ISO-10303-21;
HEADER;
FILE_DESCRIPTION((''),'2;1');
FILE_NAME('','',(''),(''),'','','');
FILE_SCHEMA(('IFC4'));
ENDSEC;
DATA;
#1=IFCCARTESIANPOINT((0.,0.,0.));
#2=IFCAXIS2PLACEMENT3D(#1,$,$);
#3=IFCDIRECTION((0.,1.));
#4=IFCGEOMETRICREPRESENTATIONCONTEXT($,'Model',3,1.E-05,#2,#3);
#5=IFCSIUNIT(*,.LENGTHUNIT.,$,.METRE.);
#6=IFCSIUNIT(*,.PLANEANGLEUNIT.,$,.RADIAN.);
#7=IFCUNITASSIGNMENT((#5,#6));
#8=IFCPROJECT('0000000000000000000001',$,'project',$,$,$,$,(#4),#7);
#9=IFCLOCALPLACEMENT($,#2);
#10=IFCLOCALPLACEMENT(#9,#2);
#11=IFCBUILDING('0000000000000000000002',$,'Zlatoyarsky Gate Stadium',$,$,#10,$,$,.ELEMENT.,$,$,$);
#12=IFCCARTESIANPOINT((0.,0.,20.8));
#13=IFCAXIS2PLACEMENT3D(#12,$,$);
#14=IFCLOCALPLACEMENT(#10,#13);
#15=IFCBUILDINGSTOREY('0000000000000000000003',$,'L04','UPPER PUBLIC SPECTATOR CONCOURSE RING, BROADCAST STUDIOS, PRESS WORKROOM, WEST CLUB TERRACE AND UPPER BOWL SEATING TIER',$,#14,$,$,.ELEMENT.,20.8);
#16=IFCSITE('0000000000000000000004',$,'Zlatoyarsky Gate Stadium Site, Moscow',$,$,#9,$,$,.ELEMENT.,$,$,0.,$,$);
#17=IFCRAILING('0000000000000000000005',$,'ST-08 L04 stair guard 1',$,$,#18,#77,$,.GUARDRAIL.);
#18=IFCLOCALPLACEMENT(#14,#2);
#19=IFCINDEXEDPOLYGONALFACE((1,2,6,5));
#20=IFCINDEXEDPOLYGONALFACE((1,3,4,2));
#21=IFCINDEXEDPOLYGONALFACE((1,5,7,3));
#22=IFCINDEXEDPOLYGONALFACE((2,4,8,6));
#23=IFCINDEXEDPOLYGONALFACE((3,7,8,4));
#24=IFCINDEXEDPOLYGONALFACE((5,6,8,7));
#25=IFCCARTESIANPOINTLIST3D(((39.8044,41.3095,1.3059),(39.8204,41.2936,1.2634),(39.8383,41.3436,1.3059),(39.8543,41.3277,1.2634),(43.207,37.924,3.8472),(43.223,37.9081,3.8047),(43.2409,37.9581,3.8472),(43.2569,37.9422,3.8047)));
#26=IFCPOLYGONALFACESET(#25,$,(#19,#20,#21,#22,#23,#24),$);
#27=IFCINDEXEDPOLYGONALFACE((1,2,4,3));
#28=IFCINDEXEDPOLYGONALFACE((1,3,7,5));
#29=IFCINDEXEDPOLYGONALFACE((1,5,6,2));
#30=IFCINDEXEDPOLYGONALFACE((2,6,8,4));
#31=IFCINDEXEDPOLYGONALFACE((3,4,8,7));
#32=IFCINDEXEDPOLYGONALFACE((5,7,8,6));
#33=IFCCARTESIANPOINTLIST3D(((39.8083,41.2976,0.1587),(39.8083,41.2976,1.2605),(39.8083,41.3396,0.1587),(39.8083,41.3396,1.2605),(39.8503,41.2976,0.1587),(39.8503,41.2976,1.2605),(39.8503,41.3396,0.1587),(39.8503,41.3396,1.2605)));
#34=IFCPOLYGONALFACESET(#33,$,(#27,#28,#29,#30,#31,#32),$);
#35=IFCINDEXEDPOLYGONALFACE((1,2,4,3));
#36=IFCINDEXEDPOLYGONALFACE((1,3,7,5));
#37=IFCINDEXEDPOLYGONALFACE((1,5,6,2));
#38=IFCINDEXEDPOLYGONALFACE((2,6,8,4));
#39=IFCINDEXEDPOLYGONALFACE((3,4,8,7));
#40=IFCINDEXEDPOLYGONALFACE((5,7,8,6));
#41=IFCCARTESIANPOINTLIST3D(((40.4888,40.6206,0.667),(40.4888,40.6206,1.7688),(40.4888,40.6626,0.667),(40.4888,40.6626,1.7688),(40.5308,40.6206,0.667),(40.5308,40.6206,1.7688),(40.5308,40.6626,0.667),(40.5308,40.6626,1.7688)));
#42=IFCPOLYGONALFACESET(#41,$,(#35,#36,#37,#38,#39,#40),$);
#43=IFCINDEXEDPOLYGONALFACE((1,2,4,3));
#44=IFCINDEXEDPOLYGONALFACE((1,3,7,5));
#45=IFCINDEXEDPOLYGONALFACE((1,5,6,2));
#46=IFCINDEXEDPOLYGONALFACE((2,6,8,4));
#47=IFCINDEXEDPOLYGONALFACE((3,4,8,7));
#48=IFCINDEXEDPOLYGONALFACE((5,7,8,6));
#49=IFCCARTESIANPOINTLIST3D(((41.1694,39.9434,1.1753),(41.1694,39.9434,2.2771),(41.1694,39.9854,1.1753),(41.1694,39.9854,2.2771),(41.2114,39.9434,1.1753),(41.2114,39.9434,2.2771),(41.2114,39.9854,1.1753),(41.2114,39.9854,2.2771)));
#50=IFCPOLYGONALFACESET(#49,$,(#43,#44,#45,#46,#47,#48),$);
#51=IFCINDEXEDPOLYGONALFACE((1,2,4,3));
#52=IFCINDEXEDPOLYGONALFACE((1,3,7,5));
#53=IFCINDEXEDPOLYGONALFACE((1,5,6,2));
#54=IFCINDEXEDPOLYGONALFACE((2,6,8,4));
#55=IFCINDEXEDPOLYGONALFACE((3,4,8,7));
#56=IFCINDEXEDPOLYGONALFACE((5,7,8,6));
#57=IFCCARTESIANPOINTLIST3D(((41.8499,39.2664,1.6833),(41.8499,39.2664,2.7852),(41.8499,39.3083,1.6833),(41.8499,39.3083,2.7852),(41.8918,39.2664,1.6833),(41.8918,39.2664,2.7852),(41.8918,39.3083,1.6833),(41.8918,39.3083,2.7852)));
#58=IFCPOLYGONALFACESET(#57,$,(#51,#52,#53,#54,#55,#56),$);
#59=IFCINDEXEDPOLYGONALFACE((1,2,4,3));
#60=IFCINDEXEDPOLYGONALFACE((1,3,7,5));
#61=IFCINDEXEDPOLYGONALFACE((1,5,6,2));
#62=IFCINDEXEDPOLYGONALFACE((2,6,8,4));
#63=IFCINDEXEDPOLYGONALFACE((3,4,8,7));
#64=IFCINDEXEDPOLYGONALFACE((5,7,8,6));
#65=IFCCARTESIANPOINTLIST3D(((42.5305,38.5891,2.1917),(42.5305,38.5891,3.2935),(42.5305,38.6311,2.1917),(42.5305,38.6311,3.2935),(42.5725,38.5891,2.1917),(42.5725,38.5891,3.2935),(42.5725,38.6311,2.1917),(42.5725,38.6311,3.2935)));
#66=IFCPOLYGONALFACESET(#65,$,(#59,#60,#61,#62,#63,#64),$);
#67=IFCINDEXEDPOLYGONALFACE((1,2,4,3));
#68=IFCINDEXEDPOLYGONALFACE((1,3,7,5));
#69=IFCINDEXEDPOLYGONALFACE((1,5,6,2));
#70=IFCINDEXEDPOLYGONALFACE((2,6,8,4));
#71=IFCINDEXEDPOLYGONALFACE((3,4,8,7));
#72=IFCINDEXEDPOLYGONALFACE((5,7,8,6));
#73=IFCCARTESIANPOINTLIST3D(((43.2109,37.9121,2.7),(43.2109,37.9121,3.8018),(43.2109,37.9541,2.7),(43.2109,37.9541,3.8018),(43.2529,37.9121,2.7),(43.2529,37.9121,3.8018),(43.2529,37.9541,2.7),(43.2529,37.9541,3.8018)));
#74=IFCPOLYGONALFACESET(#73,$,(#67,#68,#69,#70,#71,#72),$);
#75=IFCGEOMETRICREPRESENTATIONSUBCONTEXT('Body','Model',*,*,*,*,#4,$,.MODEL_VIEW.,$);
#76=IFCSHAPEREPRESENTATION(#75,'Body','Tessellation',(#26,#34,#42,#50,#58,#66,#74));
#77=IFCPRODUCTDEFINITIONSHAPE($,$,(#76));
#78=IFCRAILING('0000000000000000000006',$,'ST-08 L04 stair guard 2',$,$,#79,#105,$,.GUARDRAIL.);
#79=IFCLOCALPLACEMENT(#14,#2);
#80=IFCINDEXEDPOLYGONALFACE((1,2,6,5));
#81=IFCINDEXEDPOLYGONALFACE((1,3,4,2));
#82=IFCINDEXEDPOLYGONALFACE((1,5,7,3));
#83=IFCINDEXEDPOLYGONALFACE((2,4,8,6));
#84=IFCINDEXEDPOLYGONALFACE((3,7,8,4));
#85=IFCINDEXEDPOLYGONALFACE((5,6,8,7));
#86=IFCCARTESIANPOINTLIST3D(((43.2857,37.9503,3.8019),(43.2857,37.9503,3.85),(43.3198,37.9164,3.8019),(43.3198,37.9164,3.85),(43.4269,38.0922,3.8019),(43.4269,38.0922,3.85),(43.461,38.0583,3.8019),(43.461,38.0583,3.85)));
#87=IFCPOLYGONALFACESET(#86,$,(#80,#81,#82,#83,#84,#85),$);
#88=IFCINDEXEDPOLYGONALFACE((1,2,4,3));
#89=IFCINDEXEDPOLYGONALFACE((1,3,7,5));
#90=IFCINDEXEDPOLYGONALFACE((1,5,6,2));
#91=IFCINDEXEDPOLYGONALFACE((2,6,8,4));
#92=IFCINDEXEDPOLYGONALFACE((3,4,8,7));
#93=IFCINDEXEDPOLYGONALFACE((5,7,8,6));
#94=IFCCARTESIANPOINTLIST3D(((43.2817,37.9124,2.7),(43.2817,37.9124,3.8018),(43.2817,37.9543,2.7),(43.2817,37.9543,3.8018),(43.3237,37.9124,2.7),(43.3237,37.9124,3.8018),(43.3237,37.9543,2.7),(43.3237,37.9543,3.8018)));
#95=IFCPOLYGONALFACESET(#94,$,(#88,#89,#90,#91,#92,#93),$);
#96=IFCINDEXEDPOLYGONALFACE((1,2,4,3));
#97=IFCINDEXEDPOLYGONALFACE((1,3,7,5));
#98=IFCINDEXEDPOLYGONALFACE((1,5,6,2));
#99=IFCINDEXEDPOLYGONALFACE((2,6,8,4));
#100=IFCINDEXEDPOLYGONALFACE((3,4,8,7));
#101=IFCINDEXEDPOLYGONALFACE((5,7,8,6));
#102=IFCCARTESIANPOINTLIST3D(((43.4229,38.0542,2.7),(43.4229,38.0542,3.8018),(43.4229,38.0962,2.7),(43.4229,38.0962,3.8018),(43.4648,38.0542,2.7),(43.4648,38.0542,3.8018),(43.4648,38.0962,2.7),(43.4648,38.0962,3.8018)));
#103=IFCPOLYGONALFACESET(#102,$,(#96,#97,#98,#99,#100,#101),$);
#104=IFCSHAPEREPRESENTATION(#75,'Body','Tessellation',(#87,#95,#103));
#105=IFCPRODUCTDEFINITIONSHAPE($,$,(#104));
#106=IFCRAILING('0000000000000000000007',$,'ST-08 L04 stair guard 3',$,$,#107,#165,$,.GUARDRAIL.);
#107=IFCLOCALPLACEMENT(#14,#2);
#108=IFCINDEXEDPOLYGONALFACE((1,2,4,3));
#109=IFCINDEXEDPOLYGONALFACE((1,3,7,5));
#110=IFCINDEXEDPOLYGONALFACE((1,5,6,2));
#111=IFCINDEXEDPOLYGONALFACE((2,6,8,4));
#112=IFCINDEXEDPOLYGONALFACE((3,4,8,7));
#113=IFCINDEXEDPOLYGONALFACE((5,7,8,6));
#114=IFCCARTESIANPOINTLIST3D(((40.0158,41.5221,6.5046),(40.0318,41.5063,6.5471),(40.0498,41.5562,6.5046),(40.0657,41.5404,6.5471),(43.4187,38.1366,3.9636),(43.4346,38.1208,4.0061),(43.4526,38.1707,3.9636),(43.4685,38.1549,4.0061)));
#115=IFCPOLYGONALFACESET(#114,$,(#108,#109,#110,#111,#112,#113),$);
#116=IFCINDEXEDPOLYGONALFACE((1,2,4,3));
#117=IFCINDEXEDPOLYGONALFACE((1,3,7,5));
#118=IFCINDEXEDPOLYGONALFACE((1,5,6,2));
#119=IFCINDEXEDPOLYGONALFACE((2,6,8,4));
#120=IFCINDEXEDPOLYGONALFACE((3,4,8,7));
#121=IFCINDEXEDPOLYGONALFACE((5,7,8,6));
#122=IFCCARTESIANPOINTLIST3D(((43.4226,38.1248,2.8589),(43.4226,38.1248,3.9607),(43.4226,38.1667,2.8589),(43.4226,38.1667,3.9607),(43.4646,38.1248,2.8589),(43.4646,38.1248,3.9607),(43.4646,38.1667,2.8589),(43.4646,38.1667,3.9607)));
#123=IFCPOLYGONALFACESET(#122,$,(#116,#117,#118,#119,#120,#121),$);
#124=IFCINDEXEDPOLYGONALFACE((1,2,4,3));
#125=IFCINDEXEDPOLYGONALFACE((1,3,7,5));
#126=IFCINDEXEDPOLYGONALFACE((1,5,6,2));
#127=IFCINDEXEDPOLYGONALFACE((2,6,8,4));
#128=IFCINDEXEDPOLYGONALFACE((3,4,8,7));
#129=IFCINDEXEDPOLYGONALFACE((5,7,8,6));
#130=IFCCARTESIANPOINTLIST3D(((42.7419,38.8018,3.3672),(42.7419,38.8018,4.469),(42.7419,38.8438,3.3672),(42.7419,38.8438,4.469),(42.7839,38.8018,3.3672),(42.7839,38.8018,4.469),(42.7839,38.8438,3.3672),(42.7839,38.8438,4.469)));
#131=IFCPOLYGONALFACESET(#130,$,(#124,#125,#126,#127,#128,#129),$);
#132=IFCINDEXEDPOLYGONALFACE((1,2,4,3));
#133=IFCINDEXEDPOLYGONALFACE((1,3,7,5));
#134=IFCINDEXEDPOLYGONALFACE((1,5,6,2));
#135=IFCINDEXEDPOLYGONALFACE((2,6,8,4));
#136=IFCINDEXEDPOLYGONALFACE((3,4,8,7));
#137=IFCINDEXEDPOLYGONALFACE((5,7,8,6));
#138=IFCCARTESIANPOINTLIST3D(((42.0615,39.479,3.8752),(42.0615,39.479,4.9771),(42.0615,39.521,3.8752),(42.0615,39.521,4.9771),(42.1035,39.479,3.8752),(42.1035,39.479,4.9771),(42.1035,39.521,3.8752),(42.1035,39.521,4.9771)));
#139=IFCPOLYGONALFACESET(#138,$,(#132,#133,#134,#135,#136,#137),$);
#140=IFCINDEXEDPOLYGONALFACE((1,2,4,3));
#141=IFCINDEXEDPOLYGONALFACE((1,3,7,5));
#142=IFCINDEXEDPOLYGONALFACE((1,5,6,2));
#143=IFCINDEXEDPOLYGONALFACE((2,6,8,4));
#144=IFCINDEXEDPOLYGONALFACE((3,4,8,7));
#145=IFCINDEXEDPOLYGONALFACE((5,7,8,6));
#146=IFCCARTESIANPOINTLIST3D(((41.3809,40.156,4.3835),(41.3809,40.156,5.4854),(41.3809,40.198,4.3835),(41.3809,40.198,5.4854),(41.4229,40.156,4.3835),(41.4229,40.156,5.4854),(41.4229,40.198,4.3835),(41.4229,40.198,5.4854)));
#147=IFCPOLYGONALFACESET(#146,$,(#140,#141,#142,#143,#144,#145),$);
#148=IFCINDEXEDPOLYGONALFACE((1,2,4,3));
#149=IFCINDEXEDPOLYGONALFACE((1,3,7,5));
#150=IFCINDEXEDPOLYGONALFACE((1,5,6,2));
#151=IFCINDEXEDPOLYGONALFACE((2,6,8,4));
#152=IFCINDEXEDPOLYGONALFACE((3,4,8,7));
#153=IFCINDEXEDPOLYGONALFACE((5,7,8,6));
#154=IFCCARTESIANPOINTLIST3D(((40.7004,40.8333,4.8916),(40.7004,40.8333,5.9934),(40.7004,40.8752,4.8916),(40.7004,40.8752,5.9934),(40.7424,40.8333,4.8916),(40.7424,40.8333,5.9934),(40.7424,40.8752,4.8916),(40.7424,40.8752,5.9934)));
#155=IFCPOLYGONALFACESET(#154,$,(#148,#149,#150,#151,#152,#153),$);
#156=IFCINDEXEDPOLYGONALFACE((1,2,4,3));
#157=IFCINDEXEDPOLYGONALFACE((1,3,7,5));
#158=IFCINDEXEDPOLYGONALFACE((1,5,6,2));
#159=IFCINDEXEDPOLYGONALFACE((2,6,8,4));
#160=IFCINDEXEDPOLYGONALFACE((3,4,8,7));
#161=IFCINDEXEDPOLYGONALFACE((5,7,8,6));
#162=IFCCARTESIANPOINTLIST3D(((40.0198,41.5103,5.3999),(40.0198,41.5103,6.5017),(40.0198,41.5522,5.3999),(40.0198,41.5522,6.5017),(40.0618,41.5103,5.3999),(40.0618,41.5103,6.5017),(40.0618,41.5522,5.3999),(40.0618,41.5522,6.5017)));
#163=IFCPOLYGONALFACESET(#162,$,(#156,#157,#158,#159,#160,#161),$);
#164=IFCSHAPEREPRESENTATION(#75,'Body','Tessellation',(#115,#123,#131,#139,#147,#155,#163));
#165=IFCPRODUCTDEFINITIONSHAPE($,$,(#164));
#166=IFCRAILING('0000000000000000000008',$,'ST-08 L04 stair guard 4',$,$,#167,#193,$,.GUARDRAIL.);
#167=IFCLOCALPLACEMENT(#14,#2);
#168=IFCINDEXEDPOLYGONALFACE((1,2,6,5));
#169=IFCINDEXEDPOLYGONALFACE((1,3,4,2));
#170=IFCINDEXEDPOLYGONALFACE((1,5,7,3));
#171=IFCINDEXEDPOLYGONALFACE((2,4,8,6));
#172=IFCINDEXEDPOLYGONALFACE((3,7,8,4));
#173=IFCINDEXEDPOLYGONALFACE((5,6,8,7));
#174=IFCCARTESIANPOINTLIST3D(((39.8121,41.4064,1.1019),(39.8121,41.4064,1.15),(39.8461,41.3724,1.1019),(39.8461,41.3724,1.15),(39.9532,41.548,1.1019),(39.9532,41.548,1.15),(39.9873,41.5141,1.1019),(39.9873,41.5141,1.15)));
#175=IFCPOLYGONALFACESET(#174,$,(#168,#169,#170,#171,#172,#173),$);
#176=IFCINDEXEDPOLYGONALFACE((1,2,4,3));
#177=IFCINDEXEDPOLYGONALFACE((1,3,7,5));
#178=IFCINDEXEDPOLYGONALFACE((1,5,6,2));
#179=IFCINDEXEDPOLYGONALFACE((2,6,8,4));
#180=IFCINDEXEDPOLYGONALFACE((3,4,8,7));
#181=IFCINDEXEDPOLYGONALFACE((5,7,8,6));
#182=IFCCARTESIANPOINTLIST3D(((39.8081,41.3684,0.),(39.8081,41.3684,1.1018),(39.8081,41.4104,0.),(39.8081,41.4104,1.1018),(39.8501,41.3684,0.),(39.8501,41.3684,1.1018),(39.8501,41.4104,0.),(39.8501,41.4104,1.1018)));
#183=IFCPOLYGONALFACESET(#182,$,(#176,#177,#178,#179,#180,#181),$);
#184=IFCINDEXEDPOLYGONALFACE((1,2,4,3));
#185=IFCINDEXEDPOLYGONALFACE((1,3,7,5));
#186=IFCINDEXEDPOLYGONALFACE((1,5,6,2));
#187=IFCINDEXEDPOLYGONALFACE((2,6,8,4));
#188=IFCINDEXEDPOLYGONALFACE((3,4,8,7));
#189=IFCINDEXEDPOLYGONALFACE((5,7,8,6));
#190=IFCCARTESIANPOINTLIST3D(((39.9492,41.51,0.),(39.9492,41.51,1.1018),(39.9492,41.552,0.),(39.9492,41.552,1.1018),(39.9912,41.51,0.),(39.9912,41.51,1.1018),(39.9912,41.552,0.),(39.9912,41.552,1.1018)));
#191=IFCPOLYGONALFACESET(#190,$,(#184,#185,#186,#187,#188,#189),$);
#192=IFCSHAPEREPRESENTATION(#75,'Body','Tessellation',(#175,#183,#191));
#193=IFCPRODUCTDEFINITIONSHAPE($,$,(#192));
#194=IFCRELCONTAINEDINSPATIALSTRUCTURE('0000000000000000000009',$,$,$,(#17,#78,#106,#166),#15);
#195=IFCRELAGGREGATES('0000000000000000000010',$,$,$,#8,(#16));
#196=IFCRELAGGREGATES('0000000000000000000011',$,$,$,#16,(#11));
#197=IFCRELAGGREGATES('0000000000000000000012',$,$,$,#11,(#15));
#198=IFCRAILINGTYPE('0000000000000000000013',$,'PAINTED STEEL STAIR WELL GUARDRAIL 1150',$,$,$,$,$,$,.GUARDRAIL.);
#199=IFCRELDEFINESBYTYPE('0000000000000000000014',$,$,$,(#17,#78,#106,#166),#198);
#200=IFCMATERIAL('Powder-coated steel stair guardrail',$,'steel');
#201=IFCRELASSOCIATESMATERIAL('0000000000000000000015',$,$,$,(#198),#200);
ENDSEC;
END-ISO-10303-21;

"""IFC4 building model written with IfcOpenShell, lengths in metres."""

from ifc_helpers import new_model, si_unit, direction, frame, origin, origin_2d, place, context, subcontext, project, spatial, rectangle, extrude, material, type_object, element, save


model = new_model("IFC4")

# Units and contexts
model_context = context("Model", 3, precision=1e-05, world=origin(), true_north=direction((0.0, 1.0)))
body_context = subcontext(model_context, "Body", "Model", "MODEL_VIEW")
ifc_project = project(units=[si_unit("LENGTHUNIT", "METRE"), si_unit("PLANEANGLEUNIT", "RADIAN")], contexts=[model_context])

# Site, building, storey
site_placement = place(None, origin())
site = spatial("IfcSite", under=ifc_project, at=site_placement, Name="Zlatoyarsky Gate Stadium Site, Moscow", CompositionType="ELEMENT", RefElevation=0.0)
building_placement = place(site_placement, origin())
building = spatial("IfcBuilding", under=site, at=building_placement, Name="Zlatoyarsky Gate Stadium", CompositionType="ELEMENT")
storey_placement = place(building_placement, frame((0.0, 0.0, 20.8)))
storey = spatial("IfcBuildingStorey", under=building, at=storey_placement, Name="L04", Description="UPPER PUBLIC SPECTATOR CONCOURSE RING, BROADCAST STUDIOS, PRESS WORKROOM, WEST CLUB TERRACE AND UPPER BOWL SEATING TIER", CompositionType="ELEMENT", Elevation=20.8)

# Railings
ifc_material_1 = material(Name="Powder-coated steel stair guardrail", Category="steel")
railing_type_1 = type_object("IfcRailingType", Name="PAINTED STEEL STAIR WELL GUARDRAIL 1150", PredefinedType="GUARDRAIL", material=ifc_material_1)
railing_1_placement = place(storey_placement, frame((39.8293, 41.3186, 0.1587)))
element("IfcRailing", 1, at=railing_1_placement, inside=storey, type_object=railing_type_1, Name="ST-08 L04 stair guard 1", PredefinedType="GUARDRAIL", context=body_context, shape_type="SweptSolid", body=[
    extrude(rectangle(XDim=0.0481, YDim=0.0481, at=origin_2d()), frame((0.0, 0.0, 1.126), z_axis=(0.626497, -0.62335, 0.467906), x_axis=(0.705324, 0.708885, 0.0)), (0.0, 0.0, 1.0), 5.4312),
    extrude(rectangle(XDim=0.042, YDim=0.042, at=origin_2d()), origin(), (0.0, 0.0, 1.0), 1.1018),
    extrude(rectangle(XDim=0.042, YDim=0.042, at=origin_2d()), frame((0.6804, -0.677, 0.5083)), (0.0, 0.0, 1.0), 1.1018),
    extrude(rectangle(XDim=0.042, YDim=0.042, at=origin_2d()), frame((1.3611, -1.3542, 1.0166)), (0.0, 0.0, 1.0), 1.1018),
    extrude(rectangle(XDim=0.042, YDim=0.042, at=origin_2d()), frame((2.0415, -2.0312, 1.5247)), (0.0, 0.0, 1.0), 1.1018),
    extrude(rectangle(XDim=0.042, YDim=0.042, at=origin_2d()), frame((2.7222, -2.7085, 2.033)), (0.0, 0.0, 1.0), 1.1018),
    extrude(rectangle(XDim=0.042, YDim=0.042, at=origin_2d()), frame((3.4026, -3.3855, 2.5413)), (0.0, 0.0, 1.0), 1.1018),
])
railing_2_placement = place(storey_placement, frame((43.3027, 37.9333, 2.7)))
element("IfcRailing", 2, at=railing_2_placement, inside=storey, type_object=railing_type_1, Name="ST-08 L04 stair guard 2", PredefinedType="GUARDRAIL", context=body_context, shape_type="SweptSolid", body=[
    extrude(rectangle(XDim=0.0481, YDim=0.0481, at=origin_2d()), frame((0.0, 0.0, 1.126), z_axis=(0.705274, 0.708935, 0.0), x_axis=(-0.708935, 0.705274, 0.0)), (0.0, 0.0, 1.0), 0.2002),
    extrude(rectangle(XDim=0.042, YDim=0.042, at=origin_2d()), origin(), (0.0, 0.0, 1.0), 1.1018),
    extrude(rectangle(XDim=0.042, YDim=0.042, at=origin_2d()), frame((0.1411, 0.1418, 0.0)), (0.0, 0.0, 1.0), 1.1018),
])
railing_3_placement = place(storey_placement, frame((43.4436, 38.1458, 2.8589)))
element("IfcRailing", 3, at=railing_3_placement, inside=storey, type_object=railing_type_1, Name="ST-08 L04 stair guard 3", PredefinedType="GUARDRAIL", context=body_context, shape_type="SweptSolid", body=[
    extrude(rectangle(XDim=0.0481, YDim=0.0481, at=origin_2d()), frame((0.0, 0.0, 1.126), z_axis=(-0.626537, 0.623346, 0.467858), x_axis=(-0.705299, -0.70891, 0.0)), (0.0, 0.0, 1.0), 5.4312),
    extrude(rectangle(XDim=0.042, YDim=0.042, at=origin_2d()), origin(), (0.0, 0.0, 1.0), 1.1018),
    extrude(rectangle(XDim=0.042, YDim=0.042, at=origin_2d()), frame((-0.6807, 0.677, 0.5083)), (0.0, 0.0, 1.0), 1.1018),
    extrude(rectangle(XDim=0.042, YDim=0.042, at=origin_2d()), frame((-1.3611, 1.3542, 1.0164)), (0.0, 0.0, 1.0), 1.1018),
    extrude(rectangle(XDim=0.042, YDim=0.042, at=origin_2d()), frame((-2.0417, 2.0312, 1.5247)), (0.0, 0.0, 1.0), 1.1018),
    extrude(rectangle(XDim=0.042, YDim=0.042, at=origin_2d()), frame((-2.7222, 2.7085, 2.0327)), (0.0, 0.0, 1.0), 1.1018),
    extrude(rectangle(XDim=0.042, YDim=0.042, at=origin_2d()), frame((-3.4028, 3.3855, 2.541)), (0.0, 0.0, 1.0), 1.1018),
])
railing_4_placement = place(storey_placement, frame((39.8291, 41.3894, 0.0)))
element("IfcRailing", 4, at=railing_4_placement, inside=storey, type_object=railing_type_1, Name="ST-08 L04 stair guard 4", PredefinedType="GUARDRAIL", context=body_context, shape_type="SweptSolid", body=[
    extrude(rectangle(XDim=0.0481, YDim=0.0481, at=origin_2d()), frame((0.0, 0.0, 1.126), z_axis=(0.705884, 0.708327, 0.0), x_axis=(-0.708327, 0.705884, 0.0)), (0.0, 0.0, 1.0), 0.2),
    extrude(rectangle(XDim=0.042, YDim=0.042, at=origin_2d()), origin(), (0.0, 0.0, 1.0), 1.1018),
    extrude(rectangle(XDim=0.042, YDim=0.042, at=origin_2d()), frame((0.1411, 0.1416, 0.0)), (0.0, 0.0, 1.0), 1.1018),
])

save(model, "model.ifc")
